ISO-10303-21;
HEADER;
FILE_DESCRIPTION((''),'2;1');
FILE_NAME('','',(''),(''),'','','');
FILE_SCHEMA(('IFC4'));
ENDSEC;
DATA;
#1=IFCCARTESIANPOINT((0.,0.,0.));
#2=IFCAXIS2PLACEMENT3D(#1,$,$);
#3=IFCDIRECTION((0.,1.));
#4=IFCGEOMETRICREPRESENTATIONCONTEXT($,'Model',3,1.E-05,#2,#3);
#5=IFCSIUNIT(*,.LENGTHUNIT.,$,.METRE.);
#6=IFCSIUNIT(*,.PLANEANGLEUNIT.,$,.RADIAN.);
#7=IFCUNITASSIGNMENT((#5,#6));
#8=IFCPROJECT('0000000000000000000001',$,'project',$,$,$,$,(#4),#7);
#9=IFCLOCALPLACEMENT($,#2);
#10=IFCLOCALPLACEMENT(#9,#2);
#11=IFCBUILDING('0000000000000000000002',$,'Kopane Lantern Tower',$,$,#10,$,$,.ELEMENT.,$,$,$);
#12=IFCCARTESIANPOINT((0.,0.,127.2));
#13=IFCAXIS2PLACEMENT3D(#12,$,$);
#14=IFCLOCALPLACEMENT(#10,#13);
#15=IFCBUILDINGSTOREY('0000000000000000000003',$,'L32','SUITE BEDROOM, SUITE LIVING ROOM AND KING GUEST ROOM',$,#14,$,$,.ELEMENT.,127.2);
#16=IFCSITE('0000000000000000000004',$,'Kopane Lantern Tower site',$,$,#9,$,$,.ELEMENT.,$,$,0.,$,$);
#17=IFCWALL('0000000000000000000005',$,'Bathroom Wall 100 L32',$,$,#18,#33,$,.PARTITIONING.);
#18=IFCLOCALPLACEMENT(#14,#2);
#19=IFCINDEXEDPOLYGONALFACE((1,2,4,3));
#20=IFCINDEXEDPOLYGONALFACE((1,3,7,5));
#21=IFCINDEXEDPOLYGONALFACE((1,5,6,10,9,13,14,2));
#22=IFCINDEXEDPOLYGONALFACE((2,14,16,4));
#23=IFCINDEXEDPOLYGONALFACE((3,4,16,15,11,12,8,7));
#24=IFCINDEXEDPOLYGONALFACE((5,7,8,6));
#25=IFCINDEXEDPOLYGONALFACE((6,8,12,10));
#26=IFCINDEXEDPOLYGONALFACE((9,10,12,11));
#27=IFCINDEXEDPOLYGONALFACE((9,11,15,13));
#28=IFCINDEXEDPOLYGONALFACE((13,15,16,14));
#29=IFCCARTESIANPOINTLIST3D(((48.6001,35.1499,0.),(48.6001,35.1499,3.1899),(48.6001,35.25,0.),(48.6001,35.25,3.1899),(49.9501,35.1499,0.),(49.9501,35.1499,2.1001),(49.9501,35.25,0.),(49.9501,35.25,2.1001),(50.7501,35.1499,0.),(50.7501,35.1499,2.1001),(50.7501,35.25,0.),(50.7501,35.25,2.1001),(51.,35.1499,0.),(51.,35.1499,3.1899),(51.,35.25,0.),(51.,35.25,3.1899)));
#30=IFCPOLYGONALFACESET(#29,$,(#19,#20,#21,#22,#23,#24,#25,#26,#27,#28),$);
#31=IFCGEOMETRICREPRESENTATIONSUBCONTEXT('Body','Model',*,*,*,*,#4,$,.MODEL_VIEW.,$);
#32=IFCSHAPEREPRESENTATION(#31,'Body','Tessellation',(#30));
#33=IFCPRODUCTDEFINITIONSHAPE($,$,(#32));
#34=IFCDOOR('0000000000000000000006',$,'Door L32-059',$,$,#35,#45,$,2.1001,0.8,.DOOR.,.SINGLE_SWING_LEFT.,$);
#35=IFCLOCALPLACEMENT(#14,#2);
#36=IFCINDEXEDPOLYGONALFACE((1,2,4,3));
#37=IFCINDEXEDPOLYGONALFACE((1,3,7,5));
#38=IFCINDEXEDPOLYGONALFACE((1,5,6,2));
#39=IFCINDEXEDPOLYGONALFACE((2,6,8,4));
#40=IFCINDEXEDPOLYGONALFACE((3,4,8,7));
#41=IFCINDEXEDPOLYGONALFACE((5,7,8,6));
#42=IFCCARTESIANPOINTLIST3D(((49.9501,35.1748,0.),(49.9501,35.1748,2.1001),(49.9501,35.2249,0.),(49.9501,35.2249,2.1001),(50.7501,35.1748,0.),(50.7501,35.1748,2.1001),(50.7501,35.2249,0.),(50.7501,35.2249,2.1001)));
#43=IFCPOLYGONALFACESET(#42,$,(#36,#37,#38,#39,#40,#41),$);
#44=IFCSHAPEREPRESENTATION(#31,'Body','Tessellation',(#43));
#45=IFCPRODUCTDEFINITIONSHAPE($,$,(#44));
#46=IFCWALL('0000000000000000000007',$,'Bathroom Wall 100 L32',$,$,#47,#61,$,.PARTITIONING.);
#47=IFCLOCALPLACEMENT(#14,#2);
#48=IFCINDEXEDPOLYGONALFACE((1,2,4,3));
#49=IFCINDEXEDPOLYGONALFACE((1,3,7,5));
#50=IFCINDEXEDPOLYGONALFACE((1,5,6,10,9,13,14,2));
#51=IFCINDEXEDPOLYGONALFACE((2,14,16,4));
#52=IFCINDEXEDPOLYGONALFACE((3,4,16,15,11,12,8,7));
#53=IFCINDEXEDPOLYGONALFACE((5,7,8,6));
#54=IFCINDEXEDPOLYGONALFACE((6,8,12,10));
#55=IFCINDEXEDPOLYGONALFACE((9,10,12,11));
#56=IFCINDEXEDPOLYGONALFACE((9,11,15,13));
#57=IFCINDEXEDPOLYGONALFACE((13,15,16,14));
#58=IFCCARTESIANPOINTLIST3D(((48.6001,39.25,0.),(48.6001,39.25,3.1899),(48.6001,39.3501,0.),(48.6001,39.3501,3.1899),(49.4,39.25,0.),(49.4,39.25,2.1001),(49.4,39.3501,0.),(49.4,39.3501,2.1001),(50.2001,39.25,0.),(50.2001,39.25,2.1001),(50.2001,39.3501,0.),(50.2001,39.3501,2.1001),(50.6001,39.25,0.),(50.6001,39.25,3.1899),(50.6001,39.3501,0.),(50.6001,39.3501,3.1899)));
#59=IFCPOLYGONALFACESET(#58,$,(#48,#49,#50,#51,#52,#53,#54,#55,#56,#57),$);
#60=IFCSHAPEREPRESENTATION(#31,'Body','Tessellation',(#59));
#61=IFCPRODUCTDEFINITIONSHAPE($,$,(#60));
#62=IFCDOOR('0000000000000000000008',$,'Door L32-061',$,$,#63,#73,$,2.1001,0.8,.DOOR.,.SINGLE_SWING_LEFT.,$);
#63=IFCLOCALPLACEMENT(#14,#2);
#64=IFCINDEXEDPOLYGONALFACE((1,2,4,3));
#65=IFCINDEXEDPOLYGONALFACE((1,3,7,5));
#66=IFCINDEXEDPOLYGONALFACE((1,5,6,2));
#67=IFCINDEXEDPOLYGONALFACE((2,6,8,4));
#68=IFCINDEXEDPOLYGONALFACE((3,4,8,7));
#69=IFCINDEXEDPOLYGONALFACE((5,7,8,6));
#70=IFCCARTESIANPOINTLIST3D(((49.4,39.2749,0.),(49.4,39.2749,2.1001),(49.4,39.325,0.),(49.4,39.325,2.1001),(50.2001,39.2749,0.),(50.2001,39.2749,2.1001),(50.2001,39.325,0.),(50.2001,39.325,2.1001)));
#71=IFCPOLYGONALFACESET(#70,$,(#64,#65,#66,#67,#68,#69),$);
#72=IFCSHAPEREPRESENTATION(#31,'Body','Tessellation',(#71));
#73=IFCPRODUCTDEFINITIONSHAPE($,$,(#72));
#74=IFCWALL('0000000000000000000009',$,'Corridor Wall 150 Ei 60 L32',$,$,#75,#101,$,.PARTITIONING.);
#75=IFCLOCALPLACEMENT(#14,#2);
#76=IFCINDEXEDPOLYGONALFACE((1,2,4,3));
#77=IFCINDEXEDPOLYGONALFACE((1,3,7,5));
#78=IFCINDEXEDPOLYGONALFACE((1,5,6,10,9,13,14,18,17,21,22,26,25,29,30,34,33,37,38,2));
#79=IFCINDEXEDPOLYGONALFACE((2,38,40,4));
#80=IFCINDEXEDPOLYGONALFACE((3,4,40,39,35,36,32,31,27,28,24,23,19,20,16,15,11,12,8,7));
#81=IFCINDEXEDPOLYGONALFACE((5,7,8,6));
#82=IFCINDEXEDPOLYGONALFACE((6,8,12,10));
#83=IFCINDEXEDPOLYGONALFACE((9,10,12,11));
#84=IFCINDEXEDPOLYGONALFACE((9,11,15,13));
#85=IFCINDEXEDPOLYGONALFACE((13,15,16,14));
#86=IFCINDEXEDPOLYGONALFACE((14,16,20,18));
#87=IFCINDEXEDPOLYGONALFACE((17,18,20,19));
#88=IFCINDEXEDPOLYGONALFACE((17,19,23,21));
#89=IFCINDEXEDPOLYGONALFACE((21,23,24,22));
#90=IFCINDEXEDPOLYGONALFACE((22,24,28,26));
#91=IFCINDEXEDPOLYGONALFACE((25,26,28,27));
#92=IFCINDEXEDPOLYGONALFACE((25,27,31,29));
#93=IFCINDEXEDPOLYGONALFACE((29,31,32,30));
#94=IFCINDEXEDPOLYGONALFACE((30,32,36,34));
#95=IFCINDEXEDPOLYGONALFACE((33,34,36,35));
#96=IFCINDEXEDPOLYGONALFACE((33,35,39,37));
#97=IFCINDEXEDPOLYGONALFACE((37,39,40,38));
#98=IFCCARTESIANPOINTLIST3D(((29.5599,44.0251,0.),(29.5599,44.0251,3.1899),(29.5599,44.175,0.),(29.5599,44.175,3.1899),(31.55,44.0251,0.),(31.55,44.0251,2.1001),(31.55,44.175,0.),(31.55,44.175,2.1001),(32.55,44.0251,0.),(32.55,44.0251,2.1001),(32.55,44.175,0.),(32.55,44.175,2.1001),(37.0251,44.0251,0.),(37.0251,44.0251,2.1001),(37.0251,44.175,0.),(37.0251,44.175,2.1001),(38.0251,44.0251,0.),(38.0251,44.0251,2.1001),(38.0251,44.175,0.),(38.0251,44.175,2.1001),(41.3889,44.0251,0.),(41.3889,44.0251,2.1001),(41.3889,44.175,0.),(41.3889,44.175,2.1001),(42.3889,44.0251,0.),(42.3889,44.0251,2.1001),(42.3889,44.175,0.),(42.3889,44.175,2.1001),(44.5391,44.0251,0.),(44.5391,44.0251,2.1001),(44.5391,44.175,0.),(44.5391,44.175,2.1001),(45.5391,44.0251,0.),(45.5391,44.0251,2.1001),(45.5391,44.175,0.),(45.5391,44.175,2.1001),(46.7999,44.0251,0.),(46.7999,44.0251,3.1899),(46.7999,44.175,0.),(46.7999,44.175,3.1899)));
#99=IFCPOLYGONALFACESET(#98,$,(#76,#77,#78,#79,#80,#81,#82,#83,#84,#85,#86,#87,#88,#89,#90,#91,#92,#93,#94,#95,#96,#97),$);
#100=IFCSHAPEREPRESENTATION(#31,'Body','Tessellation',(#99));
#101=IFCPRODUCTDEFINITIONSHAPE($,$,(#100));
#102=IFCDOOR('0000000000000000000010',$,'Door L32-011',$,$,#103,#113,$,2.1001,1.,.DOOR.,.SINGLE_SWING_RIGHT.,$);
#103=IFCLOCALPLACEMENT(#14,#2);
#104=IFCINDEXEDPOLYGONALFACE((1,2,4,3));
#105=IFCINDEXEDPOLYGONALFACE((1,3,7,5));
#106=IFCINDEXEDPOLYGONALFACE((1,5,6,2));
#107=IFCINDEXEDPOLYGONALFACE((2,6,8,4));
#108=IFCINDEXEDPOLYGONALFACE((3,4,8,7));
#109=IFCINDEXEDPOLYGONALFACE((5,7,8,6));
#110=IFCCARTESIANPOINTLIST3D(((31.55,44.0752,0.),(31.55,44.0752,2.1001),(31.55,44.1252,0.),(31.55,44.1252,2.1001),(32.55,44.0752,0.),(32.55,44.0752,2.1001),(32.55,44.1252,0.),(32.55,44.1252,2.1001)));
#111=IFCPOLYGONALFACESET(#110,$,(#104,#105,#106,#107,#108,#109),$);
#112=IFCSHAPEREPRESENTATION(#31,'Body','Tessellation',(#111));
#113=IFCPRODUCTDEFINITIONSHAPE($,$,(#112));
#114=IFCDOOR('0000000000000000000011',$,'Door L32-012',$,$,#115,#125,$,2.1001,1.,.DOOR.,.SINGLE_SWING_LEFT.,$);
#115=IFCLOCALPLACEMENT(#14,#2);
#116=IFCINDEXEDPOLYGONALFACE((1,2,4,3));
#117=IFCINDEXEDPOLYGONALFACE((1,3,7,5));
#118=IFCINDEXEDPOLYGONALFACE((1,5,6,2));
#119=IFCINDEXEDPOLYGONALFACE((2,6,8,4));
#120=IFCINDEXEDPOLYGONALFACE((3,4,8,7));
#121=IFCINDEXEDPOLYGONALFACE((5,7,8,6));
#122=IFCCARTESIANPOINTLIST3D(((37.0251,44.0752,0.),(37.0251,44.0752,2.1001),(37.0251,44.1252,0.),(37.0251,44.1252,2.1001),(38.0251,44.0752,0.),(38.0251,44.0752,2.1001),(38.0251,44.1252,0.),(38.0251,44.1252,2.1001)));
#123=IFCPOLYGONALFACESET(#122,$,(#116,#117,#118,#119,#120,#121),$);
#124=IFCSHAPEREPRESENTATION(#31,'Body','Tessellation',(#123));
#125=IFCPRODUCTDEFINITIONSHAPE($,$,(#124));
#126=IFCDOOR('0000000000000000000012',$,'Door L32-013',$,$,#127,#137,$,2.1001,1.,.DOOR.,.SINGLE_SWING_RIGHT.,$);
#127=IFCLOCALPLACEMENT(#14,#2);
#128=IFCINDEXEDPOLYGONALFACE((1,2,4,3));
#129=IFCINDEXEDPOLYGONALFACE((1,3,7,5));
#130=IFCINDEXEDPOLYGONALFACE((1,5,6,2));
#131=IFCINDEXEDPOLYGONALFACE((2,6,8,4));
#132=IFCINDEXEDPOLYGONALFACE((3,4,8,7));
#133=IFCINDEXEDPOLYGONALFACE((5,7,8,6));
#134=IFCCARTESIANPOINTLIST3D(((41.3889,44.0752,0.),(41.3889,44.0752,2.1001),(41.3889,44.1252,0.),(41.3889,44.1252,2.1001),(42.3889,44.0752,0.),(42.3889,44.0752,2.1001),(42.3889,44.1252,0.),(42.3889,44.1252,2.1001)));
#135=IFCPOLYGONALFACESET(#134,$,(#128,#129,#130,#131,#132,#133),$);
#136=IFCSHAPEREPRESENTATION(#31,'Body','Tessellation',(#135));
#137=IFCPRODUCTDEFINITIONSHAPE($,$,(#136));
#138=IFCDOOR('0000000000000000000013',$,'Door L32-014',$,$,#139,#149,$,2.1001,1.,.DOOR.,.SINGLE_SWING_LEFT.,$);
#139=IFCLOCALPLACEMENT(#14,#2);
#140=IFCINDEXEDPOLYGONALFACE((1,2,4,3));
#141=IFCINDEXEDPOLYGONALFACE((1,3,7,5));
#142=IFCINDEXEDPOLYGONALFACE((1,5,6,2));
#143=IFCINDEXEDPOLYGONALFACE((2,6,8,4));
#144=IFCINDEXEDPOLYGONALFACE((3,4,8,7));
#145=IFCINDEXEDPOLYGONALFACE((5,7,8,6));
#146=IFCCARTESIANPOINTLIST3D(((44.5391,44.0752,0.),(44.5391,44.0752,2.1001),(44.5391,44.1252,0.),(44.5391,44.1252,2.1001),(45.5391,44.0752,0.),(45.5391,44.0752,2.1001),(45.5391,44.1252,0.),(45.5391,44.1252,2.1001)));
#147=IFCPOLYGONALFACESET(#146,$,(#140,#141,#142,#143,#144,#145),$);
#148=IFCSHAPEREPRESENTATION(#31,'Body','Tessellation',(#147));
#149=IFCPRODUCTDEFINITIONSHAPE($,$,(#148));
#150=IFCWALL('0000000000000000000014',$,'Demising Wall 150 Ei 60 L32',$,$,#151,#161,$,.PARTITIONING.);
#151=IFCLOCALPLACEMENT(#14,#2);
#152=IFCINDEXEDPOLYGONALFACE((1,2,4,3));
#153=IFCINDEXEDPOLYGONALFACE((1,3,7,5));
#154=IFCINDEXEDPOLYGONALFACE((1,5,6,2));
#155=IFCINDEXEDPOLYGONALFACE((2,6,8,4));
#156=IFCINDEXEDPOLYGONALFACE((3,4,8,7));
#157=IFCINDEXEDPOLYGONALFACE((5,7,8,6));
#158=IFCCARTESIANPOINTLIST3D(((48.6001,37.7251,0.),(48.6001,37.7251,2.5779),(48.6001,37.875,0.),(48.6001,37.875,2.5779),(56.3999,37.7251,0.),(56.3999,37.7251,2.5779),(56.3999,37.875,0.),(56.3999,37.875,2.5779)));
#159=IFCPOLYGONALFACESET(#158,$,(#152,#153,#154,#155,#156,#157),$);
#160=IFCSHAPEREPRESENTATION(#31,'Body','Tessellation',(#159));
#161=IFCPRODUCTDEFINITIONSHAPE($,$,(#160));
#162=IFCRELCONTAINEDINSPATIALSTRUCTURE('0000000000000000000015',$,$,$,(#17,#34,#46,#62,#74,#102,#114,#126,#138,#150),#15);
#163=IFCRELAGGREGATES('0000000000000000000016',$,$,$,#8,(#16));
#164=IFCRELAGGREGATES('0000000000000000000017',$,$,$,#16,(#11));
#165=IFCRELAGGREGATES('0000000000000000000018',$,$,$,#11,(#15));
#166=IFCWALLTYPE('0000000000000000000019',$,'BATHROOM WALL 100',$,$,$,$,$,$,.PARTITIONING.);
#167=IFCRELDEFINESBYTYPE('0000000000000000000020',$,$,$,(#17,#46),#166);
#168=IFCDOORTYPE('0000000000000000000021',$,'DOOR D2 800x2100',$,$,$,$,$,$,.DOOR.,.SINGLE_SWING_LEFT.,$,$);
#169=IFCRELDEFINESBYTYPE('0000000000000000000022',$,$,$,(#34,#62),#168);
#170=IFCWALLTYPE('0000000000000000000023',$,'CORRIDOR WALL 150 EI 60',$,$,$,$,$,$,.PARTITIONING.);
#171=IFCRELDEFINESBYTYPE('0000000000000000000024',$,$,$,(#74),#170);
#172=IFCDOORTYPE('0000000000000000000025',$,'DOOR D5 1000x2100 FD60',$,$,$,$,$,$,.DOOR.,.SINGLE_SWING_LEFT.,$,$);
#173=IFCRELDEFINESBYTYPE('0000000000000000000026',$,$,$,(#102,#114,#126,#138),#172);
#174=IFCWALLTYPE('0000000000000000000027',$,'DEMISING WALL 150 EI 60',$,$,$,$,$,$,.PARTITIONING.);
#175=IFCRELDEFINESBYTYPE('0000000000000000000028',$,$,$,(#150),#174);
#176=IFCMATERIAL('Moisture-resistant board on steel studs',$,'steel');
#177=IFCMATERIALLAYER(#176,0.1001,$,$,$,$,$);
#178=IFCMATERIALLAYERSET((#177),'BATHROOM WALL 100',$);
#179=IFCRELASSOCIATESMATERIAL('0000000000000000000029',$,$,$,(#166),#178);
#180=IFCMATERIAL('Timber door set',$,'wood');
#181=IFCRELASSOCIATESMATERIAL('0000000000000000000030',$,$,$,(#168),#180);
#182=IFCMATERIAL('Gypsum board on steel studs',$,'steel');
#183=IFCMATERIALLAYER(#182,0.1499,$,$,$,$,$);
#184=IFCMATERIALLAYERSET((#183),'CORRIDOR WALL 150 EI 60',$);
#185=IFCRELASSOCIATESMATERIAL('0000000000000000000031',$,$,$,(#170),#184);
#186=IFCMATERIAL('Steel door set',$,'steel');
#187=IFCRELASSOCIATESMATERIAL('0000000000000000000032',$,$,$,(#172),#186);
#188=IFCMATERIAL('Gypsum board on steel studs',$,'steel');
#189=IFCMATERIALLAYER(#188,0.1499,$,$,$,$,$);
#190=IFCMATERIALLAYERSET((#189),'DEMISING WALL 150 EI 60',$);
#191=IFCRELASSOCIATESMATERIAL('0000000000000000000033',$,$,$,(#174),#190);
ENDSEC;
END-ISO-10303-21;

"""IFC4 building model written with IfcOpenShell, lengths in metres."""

from ifc_helpers import new_model, si_unit, direction, frame, frame_2d, origin, place, context, subcontext, project, spatial, rectangle, extrude, material, layer, layer_set, type_object, element, fill, save


model = new_model("IFC4")

# Units and contexts
model_context = context("Model", 3, precision=1e-05, world=origin(), true_north=direction((0.0, 1.0)))
body_context = subcontext(model_context, "Body", "Model", "MODEL_VIEW")
ifc_project = project(units=[si_unit("LENGTHUNIT", "METRE"), si_unit("PLANEANGLEUNIT", "RADIAN")], contexts=[model_context])

# Site, building, storey
site_placement = place(None, origin())
site = spatial("IfcSite", under=ifc_project, at=site_placement, Name="Kopane Lantern Tower site", CompositionType="ELEMENT", RefElevation=0.0)
building_placement = place(site_placement, origin())
building = spatial("IfcBuilding", under=site, at=building_placement, Name="Kopane Lantern Tower", CompositionType="ELEMENT")
storey_placement = place(building_placement, frame((0.0, 0.0, 127.2)))
storey = spatial("IfcBuildingStorey", under=building, at=storey_placement, Name="L32", Description="SUITE BEDROOM, SUITE LIVING ROOM AND KING GUEST ROOM", CompositionType="ELEMENT", Elevation=127.2)

# Walls, openings, doors
ifc_material_1 = material(Name="Moisture-resistant board on steel studs", Category="steel")
ifc_layer_1 = layer(ifc_material_1, 0.1001)
ifc_layer_set_1 = layer_set([ifc_layer_1], Name="BATHROOM WALL 100")
wall_type_1 = type_object("IfcWallType", Name="BATHROOM WALL 100", PredefinedType="PARTITIONING", material=ifc_layer_set_1)
ifc_material_2 = material(Name="Timber door set", Category="wood")
door_type_1 = type_object("IfcDoorType", Name="DOOR D2 800x2100", OperationType="SINGLE_SWING_LEFT", PredefinedType="DOOR", material=ifc_material_2)
wall_1_placement = place(storey_placement, frame((48.6001, 35.2, 0.0), z_axis=(0.0, 0.0, 1.0), x_axis=(1.0, 0.0, 0.0)))
wall_1 = element("IfcWall", 1, at=wall_1_placement, inside=storey, type_object=wall_type_1, Name="Bathroom Wall 100 L32", PredefinedType="PARTITIONING", context=body_context, shape_type="SweptSolid", body=[
    extrude(rectangle(XDim=2.3999, YDim=0.1001, at=frame_2d((1.2, 0.0))), origin(), (0.0, 0.0, 1.0), 3.1899),
])
opening_1_placement = place(wall_1_placement, frame((1.3501, 0.0, 0.0)))
opening_1 = element("IfcOpeningElement", 2, at=opening_1_placement, cuts=wall_1, PredefinedType="OPENING", context=body_context, shape_type="SweptSolid", body=[
    extrude(rectangle(XDim=0.8, YDim=2.1001, at=frame_2d((0.3999, 1.05))), frame((0.0, 0.0601, 0.0), z_axis=(0.0, -1.0, 0.0), x_axis=(1.0, 0.0, 0.0)), (0.0, 0.0, 1.0), 0.1201),
])
door_1_placement = place(opening_1_placement, origin())
door_1 = element("IfcDoor", 3, at=door_1_placement, inside=storey, type_object=door_type_1, Name="Door L32-059", OperationType="SINGLE_SWING_LEFT", OverallHeight=2.1001, OverallWidth=0.8, PredefinedType="DOOR", context=body_context, shape_type="SweptSolid", body=[
    extrude(rectangle(XDim=0.8, YDim=2.1001, at=frame_2d((0.3999, 1.05))), frame((0.0, 0.0249, 0.0), z_axis=(0.0, -1.0, 0.0), x_axis=(1.0, 0.0, 0.0)), (0.0, 0.0, 1.0), 0.05),
])
fill(opening_1, door_1)
wall_2_placement = place(storey_placement, frame((48.6001, 39.3, 0.0), z_axis=(0.0, 0.0, 1.0), x_axis=(1.0, 0.0, 0.0)))
wall_2 = element("IfcWall", 4, at=wall_2_placement, inside=storey, type_object=wall_type_1, Name="Bathroom Wall 100 L32", PredefinedType="PARTITIONING", context=body_context, shape_type="SweptSolid", body=[
    extrude(rectangle(XDim=2.0, YDim=0.1001, at=frame_2d((1.0, 0.0))), origin(), (0.0, 0.0, 1.0), 3.1899),
])
opening_2_placement = place(wall_2_placement, frame((0.8, 0.0, 0.0)))
opening_2 = element("IfcOpeningElement", 5, at=opening_2_placement, cuts=wall_2, PredefinedType="OPENING", context=body_context, shape_type="SweptSolid", body=[
    extrude(rectangle(XDim=0.8, YDim=2.1001, at=frame_2d((0.3999, 1.05))), frame((0.0, 0.0601, 0.0), z_axis=(0.0, -1.0, 0.0), x_axis=(1.0, 0.0, 0.0)), (0.0, 0.0, 1.0), 0.1201),
])
door_2_placement = place(opening_2_placement, origin())
door_2 = element("IfcDoor", 6, at=door_2_placement, inside=storey, type_object=door_type_1, Name="Door L32-061", OperationType="SINGLE_SWING_LEFT", OverallHeight=2.1001, OverallWidth=0.8, PredefinedType="DOOR", context=body_context, shape_type="SweptSolid", body=[
    extrude(rectangle(XDim=0.8, YDim=2.1001, at=frame_2d((0.3999, 1.05))), frame((0.0, 0.0249, 0.0), z_axis=(0.0, -1.0, 0.0), x_axis=(1.0, 0.0, 0.0)), (0.0, 0.0, 1.0), 0.05),
])
fill(opening_2, door_2)

# Wall, openings, doors
ifc_material_3 = material(Name="Gypsum board on steel studs", Category="steel")
ifc_layer_2 = layer(ifc_material_3, 0.1499)
ifc_layer_set_2 = layer_set([ifc_layer_2], Name="CORRIDOR WALL 150 EI 60")
wall_type_2 = type_object("IfcWallType", Name="CORRIDOR WALL 150 EI 60", PredefinedType="PARTITIONING", material=ifc_layer_set_2)
wall_3_placement = place(storey_placement, frame((46.8, 44.1001, 0.0), z_axis=(0.0, 0.0, 1.0), x_axis=(-1.0, 0.0, 0.0)))
wall_3 = element("IfcWall", 7, at=wall_3_placement, inside=storey, type_object=wall_type_2, Name="Corridor Wall 150 Ei 60 L32", PredefinedType="PARTITIONING", context=body_context, shape_type="SweptSolid", body=[
    extrude(rectangle(XDim=17.24, YDim=0.1499, at=frame_2d((8.6201, 0.0))), origin(), (0.0, 0.0, 1.0), 3.1899),
])
opening_3_placement = place(wall_3_placement, frame((14.25, 0.0, 0.0)))
opening_3 = element("IfcOpeningElement", 8, at=opening_3_placement, cuts=wall_3, PredefinedType="OPENING", context=body_context, shape_type="SweptSolid", body=[
    extrude(rectangle(XDim=1.0, YDim=2.1001, at=frame_2d((0.5, 1.05))), frame((0.0, 0.085, 0.0), z_axis=(0.0, -1.0, 0.0), x_axis=(1.0, 0.0, 0.0)), (0.0, 0.0, 1.0), 0.1699),
])
opening_4_placement = place(wall_3_placement, frame((8.7749, 0.0, 0.0)))
opening_4 = element("IfcOpeningElement", 9, at=opening_4_placement, cuts=wall_3, PredefinedType="OPENING", context=body_context, shape_type="SweptSolid", body=[
    extrude(rectangle(XDim=1.0, YDim=2.1001, at=frame_2d((0.5, 1.05))), frame((0.0, 0.085, 0.0), z_axis=(0.0, -1.0, 0.0), x_axis=(1.0, 0.0, 0.0)), (0.0, 0.0, 1.0), 0.1699),
])
opening_5_placement = place(wall_3_placement, frame((4.4111, 0.0, 0.0)))
opening_5 = element("IfcOpeningElement", 10, at=opening_5_placement, cuts=wall_3, PredefinedType="OPENING", context=body_context, shape_type="SweptSolid", body=[
    extrude(rectangle(XDim=1.0, YDim=2.1001, at=frame_2d((0.5, 1.05))), frame((0.0, 0.085, 0.0), z_axis=(0.0, -1.0, 0.0), x_axis=(1.0, 0.0, 0.0)), (0.0, 0.0, 1.0), 0.1699),
])
opening_6_placement = place(wall_3_placement, frame((1.261, 0.0, 0.0)))
opening_6 = element("IfcOpeningElement", 11, at=opening_6_placement, cuts=wall_3, PredefinedType="OPENING", context=body_context, shape_type="SweptSolid", body=[
    extrude(rectangle(XDim=1.0, YDim=2.1001, at=frame_2d((0.5, 1.05))), frame((0.0, 0.085, 0.0), z_axis=(0.0, -1.0, 0.0), x_axis=(1.0, 0.0, 0.0)), (0.0, 0.0, 1.0), 0.1699),
])
ifc_material_4 = material(Name="Steel door set", Category="steel")
door_type_2 = type_object("IfcDoorType", Name="DOOR D5 1000x2100 FD60", OperationType="SINGLE_SWING_LEFT", PredefinedType="DOOR", material=ifc_material_4)
door_3_placement = place(opening_3_placement, origin())
door_3 = element("IfcDoor", 12, at=door_3_placement, inside=storey, type_object=door_type_2, Name="Door L32-011", OperationType="SINGLE_SWING_RIGHT", OverallHeight=2.1001, OverallWidth=1.0, PredefinedType="DOOR", context=body_context, shape_type="SweptSolid", body=[
    extrude(rectangle(XDim=1.0, YDim=2.1001, at=frame_2d((0.5, 1.05))), frame((0.0, 0.0249, 0.0), z_axis=(0.0, -1.0, 0.0), x_axis=(1.0, 0.0, 0.0)), (0.0, 0.0, 1.0), 0.05),
])
fill(opening_3, door_3)
door_4_placement = place(opening_4_placement, origin())
door_4 = element("IfcDoor", 13, at=door_4_placement, inside=storey, type_object=door_type_2, Name="Door L32-012", OperationType="SINGLE_SWING_LEFT", OverallHeight=2.1001, OverallWidth=1.0, PredefinedType="DOOR", context=body_context, shape_type="SweptSolid", body=[
    extrude(rectangle(XDim=1.0, YDim=2.1001, at=frame_2d((0.5, 1.05))), frame((0.0, 0.0249, 0.0), z_axis=(0.0, -1.0, 0.0), x_axis=(1.0, 0.0, 0.0)), (0.0, 0.0, 1.0), 0.05),
])
fill(opening_4, door_4)
door_5_placement = place(opening_5_placement, origin())
door_5 = element("IfcDoor", 14, at=door_5_placement, inside=storey, type_object=door_type_2, Name="Door L32-013", OperationType="SINGLE_SWING_RIGHT", OverallHeight=2.1001, OverallWidth=1.0, PredefinedType="DOOR", context=body_context, shape_type="SweptSolid", body=[
    extrude(rectangle(XDim=1.0, YDim=2.1001, at=frame_2d((0.5, 1.05))), frame((0.0, 0.0249, 0.0), z_axis=(0.0, -1.0, 0.0), x_axis=(1.0, 0.0, 0.0)), (0.0, 0.0, 1.0), 0.05),
])
fill(opening_5, door_5)
door_6_placement = place(opening_6_placement, origin())
door_6 = element("IfcDoor", 15, at=door_6_placement, inside=storey, type_object=door_type_2, Name="Door L32-014", OperationType="SINGLE_SWING_LEFT", OverallHeight=2.1001, OverallWidth=1.0, PredefinedType="DOOR", context=body_context, shape_type="SweptSolid", body=[
    extrude(rectangle(XDim=1.0, YDim=2.1001, at=frame_2d((0.5, 1.05))), frame((0.0, 0.0249, 0.0), z_axis=(0.0, -1.0, 0.0), x_axis=(1.0, 0.0, 0.0)), (0.0, 0.0, 1.0), 0.05),
])
fill(opening_6, door_6)

# Wall
ifc_material_5 = material(Name="Gypsum board on steel studs", Category="steel")
ifc_layer_3 = layer(ifc_material_5, 0.1499)
ifc_layer_set_3 = layer_set([ifc_layer_3], Name="DEMISING WALL 150 EI 60")
wall_type_3 = type_object("IfcWallType", Name="DEMISING WALL 150 EI 60", PredefinedType="PARTITIONING", material=ifc_layer_set_3)
wall_4_placement = place(storey_placement, frame((48.6001, 37.8, 0.0), z_axis=(0.0, 0.0, 1.0), x_axis=(1.0, 0.0, 0.0)))
element("IfcWall", 16, at=wall_4_placement, inside=storey, type_object=wall_type_3, Name="Demising Wall 150 Ei 60 L32", PredefinedType="PARTITIONING", context=body_context, shape_type="SweptSolid", body=[
    extrude(rectangle(XDim=7.7998, YDim=0.1499, at=frame_2d((3.8999, 0.0))), origin(), (0.0, 0.0, 1.0), 2.5779),
])

save(model, "model.ifc")
